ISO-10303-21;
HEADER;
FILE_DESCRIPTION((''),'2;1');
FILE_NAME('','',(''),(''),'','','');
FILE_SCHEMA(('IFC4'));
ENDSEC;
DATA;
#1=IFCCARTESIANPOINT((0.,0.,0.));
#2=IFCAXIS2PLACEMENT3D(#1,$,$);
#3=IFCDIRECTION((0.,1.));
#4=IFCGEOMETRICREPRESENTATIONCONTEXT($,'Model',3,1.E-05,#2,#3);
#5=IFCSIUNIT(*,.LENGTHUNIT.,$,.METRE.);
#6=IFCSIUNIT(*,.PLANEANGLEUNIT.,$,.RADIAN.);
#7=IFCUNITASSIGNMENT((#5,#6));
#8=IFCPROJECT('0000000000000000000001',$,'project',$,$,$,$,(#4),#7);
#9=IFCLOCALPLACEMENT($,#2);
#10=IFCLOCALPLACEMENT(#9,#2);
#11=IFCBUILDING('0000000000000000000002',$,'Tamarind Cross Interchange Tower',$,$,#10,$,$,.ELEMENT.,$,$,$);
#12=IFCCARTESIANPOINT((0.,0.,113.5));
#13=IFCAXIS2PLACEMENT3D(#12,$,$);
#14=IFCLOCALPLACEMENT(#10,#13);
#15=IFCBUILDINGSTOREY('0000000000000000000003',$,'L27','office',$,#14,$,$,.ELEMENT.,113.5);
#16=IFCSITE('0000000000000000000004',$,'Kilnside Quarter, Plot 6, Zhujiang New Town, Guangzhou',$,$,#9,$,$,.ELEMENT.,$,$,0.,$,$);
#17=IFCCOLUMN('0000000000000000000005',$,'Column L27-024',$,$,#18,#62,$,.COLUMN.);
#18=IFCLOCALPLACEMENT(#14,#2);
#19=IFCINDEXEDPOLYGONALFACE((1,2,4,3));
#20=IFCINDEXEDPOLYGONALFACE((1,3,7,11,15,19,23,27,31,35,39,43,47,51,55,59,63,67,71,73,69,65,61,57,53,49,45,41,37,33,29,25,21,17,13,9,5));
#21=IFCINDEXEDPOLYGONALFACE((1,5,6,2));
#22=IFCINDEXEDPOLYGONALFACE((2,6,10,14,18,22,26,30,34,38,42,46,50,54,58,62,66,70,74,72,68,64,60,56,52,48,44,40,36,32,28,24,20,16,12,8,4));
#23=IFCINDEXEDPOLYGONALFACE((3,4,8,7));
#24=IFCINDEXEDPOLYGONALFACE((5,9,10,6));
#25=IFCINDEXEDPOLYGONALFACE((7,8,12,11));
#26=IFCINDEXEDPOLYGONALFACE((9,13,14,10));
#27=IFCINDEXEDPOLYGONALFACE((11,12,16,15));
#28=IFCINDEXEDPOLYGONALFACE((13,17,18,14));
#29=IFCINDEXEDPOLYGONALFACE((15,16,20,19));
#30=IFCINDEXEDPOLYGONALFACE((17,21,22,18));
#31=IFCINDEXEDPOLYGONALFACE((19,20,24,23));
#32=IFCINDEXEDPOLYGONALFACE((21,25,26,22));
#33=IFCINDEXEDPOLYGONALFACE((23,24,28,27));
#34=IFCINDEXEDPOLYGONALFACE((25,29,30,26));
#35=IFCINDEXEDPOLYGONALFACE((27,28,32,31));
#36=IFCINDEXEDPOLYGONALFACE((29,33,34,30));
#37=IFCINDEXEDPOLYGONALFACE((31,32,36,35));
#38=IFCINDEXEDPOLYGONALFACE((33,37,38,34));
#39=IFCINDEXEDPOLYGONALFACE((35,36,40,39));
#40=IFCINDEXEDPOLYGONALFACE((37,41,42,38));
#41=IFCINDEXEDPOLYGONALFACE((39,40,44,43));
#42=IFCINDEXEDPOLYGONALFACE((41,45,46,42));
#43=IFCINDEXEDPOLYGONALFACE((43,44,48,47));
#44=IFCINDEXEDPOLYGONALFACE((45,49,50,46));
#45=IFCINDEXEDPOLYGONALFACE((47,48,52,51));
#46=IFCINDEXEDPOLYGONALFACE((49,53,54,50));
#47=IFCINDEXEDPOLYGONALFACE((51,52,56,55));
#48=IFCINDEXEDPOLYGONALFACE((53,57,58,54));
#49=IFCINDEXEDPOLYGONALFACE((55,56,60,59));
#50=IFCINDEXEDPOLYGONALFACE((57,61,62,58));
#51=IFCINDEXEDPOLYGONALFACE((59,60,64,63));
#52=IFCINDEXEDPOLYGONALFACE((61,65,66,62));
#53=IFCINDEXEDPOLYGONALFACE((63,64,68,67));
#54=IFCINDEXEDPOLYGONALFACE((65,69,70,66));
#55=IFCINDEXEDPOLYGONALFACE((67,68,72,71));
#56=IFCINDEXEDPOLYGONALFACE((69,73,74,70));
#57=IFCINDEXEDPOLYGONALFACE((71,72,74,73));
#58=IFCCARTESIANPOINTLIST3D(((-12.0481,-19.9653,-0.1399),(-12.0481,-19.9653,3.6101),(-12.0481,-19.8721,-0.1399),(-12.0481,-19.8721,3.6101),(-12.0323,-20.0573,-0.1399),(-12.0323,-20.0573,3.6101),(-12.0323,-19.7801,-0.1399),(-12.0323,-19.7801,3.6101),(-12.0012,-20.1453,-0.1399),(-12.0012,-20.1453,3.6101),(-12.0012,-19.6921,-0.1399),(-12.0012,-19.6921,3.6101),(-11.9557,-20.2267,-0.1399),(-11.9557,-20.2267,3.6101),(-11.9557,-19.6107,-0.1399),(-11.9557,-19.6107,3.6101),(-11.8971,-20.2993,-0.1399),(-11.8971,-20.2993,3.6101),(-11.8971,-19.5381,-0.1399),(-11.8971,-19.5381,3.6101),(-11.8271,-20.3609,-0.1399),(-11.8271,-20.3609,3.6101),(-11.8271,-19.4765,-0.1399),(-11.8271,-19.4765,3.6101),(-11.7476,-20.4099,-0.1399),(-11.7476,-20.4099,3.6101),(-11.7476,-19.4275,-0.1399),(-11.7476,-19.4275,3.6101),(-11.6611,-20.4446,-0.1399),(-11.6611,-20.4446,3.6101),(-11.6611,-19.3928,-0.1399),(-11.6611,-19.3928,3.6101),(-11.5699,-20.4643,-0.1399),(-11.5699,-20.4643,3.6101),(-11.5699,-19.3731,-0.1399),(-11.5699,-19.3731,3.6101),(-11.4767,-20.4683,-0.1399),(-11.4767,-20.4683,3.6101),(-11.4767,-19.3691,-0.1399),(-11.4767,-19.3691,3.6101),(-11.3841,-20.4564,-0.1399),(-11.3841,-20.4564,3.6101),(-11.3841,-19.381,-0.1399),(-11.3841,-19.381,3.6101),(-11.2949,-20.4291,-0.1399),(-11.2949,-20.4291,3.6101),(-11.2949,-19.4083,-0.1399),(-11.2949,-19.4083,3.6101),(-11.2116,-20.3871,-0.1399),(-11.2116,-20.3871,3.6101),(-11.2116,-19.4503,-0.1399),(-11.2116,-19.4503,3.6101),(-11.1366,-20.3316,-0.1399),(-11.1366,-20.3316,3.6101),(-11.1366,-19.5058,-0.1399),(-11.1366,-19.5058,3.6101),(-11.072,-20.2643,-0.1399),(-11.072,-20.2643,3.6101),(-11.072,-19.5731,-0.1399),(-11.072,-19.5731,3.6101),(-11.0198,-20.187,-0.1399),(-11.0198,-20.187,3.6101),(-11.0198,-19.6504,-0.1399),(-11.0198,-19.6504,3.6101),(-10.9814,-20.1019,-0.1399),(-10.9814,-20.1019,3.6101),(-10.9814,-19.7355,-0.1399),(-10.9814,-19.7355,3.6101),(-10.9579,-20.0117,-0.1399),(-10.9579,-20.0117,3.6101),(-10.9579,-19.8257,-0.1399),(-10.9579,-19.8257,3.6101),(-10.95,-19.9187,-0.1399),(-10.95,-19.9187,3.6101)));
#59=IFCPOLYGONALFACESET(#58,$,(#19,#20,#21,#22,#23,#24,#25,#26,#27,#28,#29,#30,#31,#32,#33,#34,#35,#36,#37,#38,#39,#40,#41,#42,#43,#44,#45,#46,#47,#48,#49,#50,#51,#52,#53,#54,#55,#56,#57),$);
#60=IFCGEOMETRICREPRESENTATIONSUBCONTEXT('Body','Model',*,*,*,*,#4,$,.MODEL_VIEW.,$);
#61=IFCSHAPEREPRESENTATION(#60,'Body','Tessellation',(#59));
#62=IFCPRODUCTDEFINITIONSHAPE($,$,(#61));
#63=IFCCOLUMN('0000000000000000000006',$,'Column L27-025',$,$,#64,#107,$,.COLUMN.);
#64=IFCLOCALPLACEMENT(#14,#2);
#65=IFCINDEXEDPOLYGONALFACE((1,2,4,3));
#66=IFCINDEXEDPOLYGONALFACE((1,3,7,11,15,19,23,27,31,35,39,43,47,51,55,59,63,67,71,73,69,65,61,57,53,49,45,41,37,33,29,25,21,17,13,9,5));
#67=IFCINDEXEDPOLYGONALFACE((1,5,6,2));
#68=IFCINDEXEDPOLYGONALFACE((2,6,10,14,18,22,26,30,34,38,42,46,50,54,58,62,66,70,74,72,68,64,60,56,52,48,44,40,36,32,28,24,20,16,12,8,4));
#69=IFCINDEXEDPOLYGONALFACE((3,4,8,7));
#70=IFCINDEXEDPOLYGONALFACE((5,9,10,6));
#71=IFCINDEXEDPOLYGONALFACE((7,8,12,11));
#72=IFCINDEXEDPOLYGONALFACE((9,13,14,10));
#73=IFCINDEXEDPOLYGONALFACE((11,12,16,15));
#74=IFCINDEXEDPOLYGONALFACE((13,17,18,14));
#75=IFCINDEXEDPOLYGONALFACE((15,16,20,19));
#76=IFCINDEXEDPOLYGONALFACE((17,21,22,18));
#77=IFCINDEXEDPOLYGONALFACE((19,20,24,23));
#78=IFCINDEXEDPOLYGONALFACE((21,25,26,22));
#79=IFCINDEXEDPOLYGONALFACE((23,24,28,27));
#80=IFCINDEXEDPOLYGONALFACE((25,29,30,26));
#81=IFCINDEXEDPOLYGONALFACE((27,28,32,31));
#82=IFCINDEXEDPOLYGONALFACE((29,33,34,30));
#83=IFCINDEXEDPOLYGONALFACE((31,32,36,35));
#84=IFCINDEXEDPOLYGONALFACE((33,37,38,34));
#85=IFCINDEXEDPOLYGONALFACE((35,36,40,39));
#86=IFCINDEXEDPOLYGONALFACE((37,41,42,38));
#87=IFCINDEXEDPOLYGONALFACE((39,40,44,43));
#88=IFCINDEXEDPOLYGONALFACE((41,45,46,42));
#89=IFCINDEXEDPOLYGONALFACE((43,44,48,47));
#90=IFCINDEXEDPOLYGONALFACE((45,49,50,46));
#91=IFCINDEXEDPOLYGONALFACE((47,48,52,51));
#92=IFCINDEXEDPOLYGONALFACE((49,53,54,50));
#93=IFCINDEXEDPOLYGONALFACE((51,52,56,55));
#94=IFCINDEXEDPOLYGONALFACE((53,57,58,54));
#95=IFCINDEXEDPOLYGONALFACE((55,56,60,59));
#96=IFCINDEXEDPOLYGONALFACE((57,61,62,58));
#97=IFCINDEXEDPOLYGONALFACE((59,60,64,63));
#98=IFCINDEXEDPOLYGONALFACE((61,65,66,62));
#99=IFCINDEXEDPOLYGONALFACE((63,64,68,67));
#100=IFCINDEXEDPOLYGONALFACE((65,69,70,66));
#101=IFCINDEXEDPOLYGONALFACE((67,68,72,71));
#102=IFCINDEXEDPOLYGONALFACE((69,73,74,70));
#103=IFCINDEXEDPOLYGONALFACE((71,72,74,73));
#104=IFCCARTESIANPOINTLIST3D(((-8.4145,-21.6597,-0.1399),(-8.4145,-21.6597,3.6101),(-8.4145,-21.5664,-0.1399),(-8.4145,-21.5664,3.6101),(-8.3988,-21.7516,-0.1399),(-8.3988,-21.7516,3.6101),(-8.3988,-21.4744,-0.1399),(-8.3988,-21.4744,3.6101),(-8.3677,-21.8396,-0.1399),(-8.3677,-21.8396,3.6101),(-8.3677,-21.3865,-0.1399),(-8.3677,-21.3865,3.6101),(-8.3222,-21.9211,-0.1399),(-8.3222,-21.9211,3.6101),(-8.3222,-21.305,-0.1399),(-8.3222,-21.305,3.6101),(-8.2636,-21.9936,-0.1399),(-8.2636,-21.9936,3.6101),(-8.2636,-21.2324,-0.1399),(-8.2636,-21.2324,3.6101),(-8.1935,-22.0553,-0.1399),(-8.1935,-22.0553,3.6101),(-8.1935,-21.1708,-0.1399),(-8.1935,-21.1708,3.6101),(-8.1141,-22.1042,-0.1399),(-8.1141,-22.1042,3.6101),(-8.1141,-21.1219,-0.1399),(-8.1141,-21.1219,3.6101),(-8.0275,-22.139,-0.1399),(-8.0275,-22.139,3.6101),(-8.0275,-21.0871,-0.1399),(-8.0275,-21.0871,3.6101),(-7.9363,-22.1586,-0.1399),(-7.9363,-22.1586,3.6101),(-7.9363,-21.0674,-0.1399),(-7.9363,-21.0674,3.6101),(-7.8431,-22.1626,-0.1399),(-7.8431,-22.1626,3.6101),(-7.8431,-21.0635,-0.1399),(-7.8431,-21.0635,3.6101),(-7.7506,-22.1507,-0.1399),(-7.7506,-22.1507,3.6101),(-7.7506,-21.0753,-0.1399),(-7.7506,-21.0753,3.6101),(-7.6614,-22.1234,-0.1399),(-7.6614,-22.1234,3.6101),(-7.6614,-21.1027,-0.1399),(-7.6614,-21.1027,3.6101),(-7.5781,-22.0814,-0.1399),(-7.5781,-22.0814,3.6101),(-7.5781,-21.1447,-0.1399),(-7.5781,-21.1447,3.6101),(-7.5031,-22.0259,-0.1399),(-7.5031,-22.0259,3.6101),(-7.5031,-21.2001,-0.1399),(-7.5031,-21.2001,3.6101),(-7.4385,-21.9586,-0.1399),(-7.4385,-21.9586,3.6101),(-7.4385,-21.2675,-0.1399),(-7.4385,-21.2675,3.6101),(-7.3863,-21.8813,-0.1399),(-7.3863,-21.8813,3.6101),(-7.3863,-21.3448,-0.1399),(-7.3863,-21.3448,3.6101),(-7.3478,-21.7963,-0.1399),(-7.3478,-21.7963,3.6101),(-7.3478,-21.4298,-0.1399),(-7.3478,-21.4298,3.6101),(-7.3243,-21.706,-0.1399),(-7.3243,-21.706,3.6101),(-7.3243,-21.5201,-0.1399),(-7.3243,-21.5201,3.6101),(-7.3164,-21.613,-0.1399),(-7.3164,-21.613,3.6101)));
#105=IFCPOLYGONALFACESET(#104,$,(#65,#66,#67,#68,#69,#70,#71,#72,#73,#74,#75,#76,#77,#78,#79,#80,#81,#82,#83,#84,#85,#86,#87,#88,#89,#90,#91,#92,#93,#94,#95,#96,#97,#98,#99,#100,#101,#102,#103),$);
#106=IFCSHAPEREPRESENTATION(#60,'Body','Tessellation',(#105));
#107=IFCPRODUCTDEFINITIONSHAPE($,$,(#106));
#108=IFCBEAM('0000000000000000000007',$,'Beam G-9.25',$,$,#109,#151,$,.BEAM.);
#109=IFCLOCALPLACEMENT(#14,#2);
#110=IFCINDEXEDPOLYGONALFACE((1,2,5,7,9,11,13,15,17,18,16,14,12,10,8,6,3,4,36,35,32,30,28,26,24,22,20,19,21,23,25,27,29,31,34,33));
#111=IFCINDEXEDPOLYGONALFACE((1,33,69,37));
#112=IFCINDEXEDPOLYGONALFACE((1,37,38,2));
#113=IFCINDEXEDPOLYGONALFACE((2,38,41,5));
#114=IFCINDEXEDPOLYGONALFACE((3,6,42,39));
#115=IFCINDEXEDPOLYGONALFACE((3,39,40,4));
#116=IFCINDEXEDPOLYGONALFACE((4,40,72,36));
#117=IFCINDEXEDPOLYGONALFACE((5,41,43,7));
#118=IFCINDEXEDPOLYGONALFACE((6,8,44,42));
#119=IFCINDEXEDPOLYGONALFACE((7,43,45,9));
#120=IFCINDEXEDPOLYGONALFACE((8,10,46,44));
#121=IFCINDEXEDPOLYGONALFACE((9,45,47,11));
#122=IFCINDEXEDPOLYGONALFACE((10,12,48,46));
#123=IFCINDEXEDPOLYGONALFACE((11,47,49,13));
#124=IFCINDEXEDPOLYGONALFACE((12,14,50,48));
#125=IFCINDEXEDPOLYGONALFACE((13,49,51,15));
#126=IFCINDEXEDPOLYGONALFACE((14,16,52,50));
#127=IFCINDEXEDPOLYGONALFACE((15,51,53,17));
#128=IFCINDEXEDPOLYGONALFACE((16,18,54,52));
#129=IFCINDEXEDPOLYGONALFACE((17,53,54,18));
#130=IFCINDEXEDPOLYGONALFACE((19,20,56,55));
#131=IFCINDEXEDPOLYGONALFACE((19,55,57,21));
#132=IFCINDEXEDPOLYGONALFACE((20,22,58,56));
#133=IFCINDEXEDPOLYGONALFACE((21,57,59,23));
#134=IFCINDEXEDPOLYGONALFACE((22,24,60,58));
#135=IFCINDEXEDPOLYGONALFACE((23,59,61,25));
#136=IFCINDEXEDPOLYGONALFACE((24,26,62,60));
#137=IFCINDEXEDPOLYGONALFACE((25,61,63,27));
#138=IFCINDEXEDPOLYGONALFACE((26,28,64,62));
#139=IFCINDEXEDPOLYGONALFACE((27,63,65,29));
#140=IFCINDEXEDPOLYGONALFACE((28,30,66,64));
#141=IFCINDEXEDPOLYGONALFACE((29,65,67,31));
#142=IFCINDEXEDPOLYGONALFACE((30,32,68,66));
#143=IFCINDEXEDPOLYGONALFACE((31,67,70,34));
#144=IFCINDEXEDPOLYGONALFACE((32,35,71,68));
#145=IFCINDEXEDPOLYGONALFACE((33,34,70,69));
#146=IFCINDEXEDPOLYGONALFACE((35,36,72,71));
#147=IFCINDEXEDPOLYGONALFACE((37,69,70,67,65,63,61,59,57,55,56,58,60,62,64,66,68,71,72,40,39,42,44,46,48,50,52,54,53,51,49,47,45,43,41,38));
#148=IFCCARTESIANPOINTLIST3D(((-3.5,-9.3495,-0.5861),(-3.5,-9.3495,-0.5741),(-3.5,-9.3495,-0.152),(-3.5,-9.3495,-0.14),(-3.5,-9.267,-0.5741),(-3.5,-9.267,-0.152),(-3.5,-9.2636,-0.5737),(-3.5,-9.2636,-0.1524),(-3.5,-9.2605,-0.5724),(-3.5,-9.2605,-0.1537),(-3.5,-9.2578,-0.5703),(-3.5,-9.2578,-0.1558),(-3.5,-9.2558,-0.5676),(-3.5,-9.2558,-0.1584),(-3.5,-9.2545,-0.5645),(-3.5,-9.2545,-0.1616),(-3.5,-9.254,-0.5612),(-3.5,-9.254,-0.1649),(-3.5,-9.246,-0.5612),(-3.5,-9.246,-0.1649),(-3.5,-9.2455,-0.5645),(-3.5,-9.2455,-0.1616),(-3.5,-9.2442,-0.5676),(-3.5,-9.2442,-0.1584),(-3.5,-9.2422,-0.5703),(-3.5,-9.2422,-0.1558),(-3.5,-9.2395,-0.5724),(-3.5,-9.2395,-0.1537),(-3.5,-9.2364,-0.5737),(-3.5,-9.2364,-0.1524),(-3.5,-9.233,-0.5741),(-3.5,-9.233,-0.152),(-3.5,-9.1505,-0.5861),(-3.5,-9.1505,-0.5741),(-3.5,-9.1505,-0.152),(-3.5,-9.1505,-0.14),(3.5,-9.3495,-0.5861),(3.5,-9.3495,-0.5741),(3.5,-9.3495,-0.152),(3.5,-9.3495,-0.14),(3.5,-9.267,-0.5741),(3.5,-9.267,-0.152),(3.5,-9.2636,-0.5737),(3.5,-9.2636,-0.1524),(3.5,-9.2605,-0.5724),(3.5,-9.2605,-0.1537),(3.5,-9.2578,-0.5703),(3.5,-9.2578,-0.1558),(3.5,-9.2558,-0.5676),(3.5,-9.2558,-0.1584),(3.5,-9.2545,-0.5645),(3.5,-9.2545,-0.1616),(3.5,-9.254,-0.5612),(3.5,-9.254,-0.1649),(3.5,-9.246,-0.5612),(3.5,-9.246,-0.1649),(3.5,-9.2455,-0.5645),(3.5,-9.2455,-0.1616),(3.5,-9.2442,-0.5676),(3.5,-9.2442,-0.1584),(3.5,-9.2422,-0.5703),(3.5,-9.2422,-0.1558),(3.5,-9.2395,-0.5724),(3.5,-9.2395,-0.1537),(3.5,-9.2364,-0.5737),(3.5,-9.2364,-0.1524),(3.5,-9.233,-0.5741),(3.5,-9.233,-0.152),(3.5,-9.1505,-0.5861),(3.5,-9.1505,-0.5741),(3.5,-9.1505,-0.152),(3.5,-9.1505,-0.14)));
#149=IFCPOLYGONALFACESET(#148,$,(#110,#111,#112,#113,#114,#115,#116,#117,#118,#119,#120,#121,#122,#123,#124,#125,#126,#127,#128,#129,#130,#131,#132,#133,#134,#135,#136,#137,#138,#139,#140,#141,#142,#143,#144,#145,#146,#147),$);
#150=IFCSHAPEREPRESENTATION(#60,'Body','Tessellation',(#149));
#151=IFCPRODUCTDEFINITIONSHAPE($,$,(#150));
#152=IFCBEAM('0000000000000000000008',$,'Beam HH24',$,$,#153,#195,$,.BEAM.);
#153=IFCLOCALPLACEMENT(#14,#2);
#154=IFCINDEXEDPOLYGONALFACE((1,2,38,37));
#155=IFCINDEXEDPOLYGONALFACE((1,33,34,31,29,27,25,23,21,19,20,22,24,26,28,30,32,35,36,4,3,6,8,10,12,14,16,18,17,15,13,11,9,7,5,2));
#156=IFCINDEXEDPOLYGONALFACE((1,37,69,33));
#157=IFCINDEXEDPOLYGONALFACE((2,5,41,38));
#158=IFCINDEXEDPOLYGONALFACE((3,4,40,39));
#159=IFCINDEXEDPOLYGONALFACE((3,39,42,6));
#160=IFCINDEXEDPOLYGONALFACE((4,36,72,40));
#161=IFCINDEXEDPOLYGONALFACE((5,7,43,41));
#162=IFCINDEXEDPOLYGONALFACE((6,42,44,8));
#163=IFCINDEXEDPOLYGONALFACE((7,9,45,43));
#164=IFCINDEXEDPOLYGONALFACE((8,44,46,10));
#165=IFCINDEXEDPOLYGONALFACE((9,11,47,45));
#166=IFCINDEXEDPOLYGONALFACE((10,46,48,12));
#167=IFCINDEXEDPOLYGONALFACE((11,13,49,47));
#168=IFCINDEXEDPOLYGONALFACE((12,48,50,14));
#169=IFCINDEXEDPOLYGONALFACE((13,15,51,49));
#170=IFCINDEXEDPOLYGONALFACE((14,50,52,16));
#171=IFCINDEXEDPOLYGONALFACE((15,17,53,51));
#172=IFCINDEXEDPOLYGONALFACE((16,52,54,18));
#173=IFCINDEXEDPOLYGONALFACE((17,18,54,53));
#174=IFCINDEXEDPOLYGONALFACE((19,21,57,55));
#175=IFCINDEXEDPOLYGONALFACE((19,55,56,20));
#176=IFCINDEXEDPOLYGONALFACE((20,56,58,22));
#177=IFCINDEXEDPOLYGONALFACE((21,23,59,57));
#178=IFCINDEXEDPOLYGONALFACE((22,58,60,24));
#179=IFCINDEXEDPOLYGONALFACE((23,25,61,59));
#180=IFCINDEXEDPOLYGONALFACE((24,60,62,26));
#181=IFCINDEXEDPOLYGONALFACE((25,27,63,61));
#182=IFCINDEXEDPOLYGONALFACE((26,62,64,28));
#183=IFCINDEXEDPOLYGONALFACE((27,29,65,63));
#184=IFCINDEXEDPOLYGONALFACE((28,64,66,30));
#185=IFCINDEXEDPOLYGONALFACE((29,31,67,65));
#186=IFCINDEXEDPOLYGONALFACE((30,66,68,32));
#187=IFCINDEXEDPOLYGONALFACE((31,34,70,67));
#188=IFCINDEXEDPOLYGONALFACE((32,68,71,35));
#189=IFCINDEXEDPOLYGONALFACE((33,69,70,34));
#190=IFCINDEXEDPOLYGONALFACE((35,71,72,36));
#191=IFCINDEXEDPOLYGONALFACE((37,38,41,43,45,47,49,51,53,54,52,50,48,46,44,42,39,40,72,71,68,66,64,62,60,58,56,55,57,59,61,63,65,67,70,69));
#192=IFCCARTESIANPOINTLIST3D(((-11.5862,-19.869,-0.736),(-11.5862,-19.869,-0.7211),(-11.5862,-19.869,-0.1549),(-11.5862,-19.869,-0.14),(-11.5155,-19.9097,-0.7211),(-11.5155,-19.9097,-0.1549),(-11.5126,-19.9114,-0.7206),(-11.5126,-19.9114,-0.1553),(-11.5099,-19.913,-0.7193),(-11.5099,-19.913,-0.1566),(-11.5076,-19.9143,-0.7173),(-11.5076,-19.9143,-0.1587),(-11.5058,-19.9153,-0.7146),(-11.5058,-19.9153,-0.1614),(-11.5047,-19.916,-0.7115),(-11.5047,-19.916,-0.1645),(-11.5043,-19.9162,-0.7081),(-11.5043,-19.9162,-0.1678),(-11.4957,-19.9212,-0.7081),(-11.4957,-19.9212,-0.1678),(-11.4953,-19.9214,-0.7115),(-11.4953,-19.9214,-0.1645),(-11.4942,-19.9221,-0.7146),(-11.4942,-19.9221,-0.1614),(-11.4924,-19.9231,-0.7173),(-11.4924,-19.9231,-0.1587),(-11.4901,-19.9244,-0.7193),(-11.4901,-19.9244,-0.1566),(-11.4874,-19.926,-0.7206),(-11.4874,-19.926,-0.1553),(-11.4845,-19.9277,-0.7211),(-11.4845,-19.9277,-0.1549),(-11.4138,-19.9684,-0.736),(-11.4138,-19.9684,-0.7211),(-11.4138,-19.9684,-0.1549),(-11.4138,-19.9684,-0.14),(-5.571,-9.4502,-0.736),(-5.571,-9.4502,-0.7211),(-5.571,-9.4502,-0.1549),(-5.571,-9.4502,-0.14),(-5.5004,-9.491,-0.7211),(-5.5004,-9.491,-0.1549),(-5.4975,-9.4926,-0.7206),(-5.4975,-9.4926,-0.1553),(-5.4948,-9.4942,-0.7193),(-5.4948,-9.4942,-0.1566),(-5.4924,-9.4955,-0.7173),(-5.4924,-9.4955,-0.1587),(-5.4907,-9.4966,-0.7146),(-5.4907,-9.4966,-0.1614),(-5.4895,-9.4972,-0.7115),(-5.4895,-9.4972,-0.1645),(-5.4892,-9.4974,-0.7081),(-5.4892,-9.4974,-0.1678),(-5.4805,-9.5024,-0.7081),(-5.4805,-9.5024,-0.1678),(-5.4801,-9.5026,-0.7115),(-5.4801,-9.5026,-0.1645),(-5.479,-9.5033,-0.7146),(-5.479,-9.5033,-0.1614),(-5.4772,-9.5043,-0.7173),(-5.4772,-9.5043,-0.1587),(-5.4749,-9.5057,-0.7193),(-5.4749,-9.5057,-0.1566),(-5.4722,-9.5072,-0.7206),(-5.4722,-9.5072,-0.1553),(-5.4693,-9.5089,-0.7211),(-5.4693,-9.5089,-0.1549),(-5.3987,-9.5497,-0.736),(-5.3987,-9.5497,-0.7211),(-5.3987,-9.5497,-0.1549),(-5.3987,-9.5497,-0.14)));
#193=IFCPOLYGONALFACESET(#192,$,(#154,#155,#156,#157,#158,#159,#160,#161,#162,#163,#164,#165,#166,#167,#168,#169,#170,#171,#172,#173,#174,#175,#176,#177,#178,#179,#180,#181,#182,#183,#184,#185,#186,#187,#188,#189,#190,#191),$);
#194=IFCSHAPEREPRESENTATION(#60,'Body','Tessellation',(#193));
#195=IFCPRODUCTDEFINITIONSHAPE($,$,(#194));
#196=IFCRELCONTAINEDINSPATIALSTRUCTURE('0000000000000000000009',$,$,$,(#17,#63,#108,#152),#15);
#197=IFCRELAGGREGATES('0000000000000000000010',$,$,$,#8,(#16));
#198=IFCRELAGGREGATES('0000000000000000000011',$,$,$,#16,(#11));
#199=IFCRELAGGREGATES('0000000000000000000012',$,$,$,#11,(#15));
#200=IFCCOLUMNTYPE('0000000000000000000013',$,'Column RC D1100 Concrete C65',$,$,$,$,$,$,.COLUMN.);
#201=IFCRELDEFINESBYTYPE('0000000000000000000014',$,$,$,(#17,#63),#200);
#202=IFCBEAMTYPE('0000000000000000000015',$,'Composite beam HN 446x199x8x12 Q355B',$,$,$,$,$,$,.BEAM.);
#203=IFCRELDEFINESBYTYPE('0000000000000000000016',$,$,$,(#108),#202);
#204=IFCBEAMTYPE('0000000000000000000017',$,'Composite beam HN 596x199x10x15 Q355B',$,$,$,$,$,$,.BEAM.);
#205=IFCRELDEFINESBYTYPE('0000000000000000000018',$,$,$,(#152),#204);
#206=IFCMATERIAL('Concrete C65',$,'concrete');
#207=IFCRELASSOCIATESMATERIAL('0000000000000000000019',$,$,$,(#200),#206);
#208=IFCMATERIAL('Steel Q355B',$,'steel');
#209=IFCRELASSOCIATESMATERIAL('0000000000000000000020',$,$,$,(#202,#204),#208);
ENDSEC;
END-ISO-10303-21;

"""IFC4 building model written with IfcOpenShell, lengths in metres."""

from ifc_helpers import new_model, si_unit, direction, frame, origin, origin_2d, place, context, subcontext, project, spatial, circle, i_section, extrude, material, material_profile, profile_set, type_object, element, save


model = new_model("IFC4")

# Units and contexts
model_context = context("Model", 3, precision=1e-05, world=origin(), true_north=direction((0.0, 1.0)))
body_context = subcontext(model_context, "Body", "Model", "MODEL_VIEW")
ifc_project = project(units=[si_unit("LENGTHUNIT", "METRE"), si_unit("PLANEANGLEUNIT", "RADIAN")], contexts=[model_context])

# Site, building, storey
site_placement = place(None, origin())
site = spatial("IfcSite", under=ifc_project, at=site_placement, Name="Kilnside Quarter, Plot 6, Zhujiang New Town, Guangzhou", CompositionType="ELEMENT", RefElevation=0.0)
building_placement = place(site_placement, origin())
building = spatial("IfcBuilding", under=site, at=building_placement, Name="Tamarind Cross Interchange Tower", CompositionType="ELEMENT")
storey_placement = place(building_placement, frame((0.0, 0.0, 113.5)))
storey = spatial("IfcBuildingStorey", under=building, at=storey_placement, Name="L27", Description="office", CompositionType="ELEMENT", Elevation=113.5)

# Columns
ifc_material_1 = material(Name="Concrete C65", Category="concrete")
ifc_material_profile_1 = material_profile(ifc_material_1, circle(Radius=0.55, at=origin_2d()), Name="RC D1100")
ifc_profile_set_1 = profile_set([ifc_material_profile_1], Name="Concrete C65")
column_type = type_object("IfcColumnType", Name="Column RC D1100 Concrete C65", PredefinedType="COLUMN", material=ifc_profile_set_1)
for number, where, z_axis, x_axis, name in (
    (1, (-11.5, -19.9187, -0.1399), (0.0, 0.0, 1.0), (1.0, 0.0, 0.0), "Column L27-024"),
    (2, (-7.8665, -21.613, -0.1399), (0.0, 0.0, 1.0), (1.0, 0.0, 0.0), "Column L27-025"),
):
    element("IfcColumn", number, at=place(storey_placement, frame(where, z_axis=z_axis, x_axis=x_axis)), inside=storey, type_object=column_type, Name=name, PredefinedType="COLUMN", context=body_context, shape_type="SweptSolid", body=[
        extrude(circle(Radius=0.55, at=origin_2d()), origin(), (0.0, 0.0, 1.0), 3.75),
    ])

# Beams
ifc_material_2 = material(Name="Steel Q355B", Category="steel")
ifc_material_profile_2 = material_profile(ifc_material_2, i_section(OverallWidth=0.199, OverallDepth=0.446, WebThickness=0.0081, FlangeThickness=0.012, FilletRadius=0.0129, at=origin_2d()), Name="HN 446x199x8x12")
ifc_profile_set_2 = profile_set([ifc_material_profile_2], Name="Steel Q355B")
beam_type_1 = type_object("IfcBeamType", Name="Composite beam HN 446x199x8x12 Q355B", PredefinedType="BEAM", material=ifc_profile_set_2)
beam_1_placement = place(storey_placement, frame((-3.5, -9.25, -0.363), z_axis=(1.0, 0.0, 0.0), x_axis=(0.0, 1.0, 0.0)))
element("IfcBeam", 3, at=beam_1_placement, inside=storey, type_object=beam_type_1, Name="Beam G-9.25", PredefinedType="BEAM", context=body_context, shape_type="SweptSolid", body=[
    extrude(i_section(OverallWidth=0.199, OverallDepth=0.446, WebThickness=0.0081, FlangeThickness=0.012, FilletRadius=0.0129, at=origin_2d()), origin(), (0.0, 0.0, 1.0), 7.0),
])
ifc_material_profile_3 = material_profile(ifc_material_2, i_section(OverallWidth=0.199, OverallDepth=0.5959, WebThickness=0.01, FlangeThickness=0.0149, FilletRadius=0.0129, at=origin_2d()), Name="HN 596x199x10x15")
ifc_profile_set_3 = profile_set([ifc_material_profile_3], Name="Steel Q355B")
beam_type_2 = type_object("IfcBeamType", Name="Composite beam HN 596x199x10x15 Q355B", PredefinedType="BEAM", material=ifc_profile_set_3)
beam_2_placement = place(storey_placement, frame((-11.5, -19.9187, -0.438), z_axis=(0.499994, 0.866029, 0.0), x_axis=(-0.866029, 0.499994, 0.0)))
element("IfcBeam", 4, at=beam_2_placement, inside=storey, type_object=beam_type_2, Name="Beam HH24", PredefinedType="BEAM", context=body_context, shape_type="SweptSolid", body=[
    extrude(i_section(OverallWidth=0.199, OverallDepth=0.5959, WebThickness=0.01, FlangeThickness=0.0149, FilletRadius=0.0129, at=origin_2d()), origin(), (0.0, 0.0, 1.0), 12.0305),
])

save(model, "model.ifc")
